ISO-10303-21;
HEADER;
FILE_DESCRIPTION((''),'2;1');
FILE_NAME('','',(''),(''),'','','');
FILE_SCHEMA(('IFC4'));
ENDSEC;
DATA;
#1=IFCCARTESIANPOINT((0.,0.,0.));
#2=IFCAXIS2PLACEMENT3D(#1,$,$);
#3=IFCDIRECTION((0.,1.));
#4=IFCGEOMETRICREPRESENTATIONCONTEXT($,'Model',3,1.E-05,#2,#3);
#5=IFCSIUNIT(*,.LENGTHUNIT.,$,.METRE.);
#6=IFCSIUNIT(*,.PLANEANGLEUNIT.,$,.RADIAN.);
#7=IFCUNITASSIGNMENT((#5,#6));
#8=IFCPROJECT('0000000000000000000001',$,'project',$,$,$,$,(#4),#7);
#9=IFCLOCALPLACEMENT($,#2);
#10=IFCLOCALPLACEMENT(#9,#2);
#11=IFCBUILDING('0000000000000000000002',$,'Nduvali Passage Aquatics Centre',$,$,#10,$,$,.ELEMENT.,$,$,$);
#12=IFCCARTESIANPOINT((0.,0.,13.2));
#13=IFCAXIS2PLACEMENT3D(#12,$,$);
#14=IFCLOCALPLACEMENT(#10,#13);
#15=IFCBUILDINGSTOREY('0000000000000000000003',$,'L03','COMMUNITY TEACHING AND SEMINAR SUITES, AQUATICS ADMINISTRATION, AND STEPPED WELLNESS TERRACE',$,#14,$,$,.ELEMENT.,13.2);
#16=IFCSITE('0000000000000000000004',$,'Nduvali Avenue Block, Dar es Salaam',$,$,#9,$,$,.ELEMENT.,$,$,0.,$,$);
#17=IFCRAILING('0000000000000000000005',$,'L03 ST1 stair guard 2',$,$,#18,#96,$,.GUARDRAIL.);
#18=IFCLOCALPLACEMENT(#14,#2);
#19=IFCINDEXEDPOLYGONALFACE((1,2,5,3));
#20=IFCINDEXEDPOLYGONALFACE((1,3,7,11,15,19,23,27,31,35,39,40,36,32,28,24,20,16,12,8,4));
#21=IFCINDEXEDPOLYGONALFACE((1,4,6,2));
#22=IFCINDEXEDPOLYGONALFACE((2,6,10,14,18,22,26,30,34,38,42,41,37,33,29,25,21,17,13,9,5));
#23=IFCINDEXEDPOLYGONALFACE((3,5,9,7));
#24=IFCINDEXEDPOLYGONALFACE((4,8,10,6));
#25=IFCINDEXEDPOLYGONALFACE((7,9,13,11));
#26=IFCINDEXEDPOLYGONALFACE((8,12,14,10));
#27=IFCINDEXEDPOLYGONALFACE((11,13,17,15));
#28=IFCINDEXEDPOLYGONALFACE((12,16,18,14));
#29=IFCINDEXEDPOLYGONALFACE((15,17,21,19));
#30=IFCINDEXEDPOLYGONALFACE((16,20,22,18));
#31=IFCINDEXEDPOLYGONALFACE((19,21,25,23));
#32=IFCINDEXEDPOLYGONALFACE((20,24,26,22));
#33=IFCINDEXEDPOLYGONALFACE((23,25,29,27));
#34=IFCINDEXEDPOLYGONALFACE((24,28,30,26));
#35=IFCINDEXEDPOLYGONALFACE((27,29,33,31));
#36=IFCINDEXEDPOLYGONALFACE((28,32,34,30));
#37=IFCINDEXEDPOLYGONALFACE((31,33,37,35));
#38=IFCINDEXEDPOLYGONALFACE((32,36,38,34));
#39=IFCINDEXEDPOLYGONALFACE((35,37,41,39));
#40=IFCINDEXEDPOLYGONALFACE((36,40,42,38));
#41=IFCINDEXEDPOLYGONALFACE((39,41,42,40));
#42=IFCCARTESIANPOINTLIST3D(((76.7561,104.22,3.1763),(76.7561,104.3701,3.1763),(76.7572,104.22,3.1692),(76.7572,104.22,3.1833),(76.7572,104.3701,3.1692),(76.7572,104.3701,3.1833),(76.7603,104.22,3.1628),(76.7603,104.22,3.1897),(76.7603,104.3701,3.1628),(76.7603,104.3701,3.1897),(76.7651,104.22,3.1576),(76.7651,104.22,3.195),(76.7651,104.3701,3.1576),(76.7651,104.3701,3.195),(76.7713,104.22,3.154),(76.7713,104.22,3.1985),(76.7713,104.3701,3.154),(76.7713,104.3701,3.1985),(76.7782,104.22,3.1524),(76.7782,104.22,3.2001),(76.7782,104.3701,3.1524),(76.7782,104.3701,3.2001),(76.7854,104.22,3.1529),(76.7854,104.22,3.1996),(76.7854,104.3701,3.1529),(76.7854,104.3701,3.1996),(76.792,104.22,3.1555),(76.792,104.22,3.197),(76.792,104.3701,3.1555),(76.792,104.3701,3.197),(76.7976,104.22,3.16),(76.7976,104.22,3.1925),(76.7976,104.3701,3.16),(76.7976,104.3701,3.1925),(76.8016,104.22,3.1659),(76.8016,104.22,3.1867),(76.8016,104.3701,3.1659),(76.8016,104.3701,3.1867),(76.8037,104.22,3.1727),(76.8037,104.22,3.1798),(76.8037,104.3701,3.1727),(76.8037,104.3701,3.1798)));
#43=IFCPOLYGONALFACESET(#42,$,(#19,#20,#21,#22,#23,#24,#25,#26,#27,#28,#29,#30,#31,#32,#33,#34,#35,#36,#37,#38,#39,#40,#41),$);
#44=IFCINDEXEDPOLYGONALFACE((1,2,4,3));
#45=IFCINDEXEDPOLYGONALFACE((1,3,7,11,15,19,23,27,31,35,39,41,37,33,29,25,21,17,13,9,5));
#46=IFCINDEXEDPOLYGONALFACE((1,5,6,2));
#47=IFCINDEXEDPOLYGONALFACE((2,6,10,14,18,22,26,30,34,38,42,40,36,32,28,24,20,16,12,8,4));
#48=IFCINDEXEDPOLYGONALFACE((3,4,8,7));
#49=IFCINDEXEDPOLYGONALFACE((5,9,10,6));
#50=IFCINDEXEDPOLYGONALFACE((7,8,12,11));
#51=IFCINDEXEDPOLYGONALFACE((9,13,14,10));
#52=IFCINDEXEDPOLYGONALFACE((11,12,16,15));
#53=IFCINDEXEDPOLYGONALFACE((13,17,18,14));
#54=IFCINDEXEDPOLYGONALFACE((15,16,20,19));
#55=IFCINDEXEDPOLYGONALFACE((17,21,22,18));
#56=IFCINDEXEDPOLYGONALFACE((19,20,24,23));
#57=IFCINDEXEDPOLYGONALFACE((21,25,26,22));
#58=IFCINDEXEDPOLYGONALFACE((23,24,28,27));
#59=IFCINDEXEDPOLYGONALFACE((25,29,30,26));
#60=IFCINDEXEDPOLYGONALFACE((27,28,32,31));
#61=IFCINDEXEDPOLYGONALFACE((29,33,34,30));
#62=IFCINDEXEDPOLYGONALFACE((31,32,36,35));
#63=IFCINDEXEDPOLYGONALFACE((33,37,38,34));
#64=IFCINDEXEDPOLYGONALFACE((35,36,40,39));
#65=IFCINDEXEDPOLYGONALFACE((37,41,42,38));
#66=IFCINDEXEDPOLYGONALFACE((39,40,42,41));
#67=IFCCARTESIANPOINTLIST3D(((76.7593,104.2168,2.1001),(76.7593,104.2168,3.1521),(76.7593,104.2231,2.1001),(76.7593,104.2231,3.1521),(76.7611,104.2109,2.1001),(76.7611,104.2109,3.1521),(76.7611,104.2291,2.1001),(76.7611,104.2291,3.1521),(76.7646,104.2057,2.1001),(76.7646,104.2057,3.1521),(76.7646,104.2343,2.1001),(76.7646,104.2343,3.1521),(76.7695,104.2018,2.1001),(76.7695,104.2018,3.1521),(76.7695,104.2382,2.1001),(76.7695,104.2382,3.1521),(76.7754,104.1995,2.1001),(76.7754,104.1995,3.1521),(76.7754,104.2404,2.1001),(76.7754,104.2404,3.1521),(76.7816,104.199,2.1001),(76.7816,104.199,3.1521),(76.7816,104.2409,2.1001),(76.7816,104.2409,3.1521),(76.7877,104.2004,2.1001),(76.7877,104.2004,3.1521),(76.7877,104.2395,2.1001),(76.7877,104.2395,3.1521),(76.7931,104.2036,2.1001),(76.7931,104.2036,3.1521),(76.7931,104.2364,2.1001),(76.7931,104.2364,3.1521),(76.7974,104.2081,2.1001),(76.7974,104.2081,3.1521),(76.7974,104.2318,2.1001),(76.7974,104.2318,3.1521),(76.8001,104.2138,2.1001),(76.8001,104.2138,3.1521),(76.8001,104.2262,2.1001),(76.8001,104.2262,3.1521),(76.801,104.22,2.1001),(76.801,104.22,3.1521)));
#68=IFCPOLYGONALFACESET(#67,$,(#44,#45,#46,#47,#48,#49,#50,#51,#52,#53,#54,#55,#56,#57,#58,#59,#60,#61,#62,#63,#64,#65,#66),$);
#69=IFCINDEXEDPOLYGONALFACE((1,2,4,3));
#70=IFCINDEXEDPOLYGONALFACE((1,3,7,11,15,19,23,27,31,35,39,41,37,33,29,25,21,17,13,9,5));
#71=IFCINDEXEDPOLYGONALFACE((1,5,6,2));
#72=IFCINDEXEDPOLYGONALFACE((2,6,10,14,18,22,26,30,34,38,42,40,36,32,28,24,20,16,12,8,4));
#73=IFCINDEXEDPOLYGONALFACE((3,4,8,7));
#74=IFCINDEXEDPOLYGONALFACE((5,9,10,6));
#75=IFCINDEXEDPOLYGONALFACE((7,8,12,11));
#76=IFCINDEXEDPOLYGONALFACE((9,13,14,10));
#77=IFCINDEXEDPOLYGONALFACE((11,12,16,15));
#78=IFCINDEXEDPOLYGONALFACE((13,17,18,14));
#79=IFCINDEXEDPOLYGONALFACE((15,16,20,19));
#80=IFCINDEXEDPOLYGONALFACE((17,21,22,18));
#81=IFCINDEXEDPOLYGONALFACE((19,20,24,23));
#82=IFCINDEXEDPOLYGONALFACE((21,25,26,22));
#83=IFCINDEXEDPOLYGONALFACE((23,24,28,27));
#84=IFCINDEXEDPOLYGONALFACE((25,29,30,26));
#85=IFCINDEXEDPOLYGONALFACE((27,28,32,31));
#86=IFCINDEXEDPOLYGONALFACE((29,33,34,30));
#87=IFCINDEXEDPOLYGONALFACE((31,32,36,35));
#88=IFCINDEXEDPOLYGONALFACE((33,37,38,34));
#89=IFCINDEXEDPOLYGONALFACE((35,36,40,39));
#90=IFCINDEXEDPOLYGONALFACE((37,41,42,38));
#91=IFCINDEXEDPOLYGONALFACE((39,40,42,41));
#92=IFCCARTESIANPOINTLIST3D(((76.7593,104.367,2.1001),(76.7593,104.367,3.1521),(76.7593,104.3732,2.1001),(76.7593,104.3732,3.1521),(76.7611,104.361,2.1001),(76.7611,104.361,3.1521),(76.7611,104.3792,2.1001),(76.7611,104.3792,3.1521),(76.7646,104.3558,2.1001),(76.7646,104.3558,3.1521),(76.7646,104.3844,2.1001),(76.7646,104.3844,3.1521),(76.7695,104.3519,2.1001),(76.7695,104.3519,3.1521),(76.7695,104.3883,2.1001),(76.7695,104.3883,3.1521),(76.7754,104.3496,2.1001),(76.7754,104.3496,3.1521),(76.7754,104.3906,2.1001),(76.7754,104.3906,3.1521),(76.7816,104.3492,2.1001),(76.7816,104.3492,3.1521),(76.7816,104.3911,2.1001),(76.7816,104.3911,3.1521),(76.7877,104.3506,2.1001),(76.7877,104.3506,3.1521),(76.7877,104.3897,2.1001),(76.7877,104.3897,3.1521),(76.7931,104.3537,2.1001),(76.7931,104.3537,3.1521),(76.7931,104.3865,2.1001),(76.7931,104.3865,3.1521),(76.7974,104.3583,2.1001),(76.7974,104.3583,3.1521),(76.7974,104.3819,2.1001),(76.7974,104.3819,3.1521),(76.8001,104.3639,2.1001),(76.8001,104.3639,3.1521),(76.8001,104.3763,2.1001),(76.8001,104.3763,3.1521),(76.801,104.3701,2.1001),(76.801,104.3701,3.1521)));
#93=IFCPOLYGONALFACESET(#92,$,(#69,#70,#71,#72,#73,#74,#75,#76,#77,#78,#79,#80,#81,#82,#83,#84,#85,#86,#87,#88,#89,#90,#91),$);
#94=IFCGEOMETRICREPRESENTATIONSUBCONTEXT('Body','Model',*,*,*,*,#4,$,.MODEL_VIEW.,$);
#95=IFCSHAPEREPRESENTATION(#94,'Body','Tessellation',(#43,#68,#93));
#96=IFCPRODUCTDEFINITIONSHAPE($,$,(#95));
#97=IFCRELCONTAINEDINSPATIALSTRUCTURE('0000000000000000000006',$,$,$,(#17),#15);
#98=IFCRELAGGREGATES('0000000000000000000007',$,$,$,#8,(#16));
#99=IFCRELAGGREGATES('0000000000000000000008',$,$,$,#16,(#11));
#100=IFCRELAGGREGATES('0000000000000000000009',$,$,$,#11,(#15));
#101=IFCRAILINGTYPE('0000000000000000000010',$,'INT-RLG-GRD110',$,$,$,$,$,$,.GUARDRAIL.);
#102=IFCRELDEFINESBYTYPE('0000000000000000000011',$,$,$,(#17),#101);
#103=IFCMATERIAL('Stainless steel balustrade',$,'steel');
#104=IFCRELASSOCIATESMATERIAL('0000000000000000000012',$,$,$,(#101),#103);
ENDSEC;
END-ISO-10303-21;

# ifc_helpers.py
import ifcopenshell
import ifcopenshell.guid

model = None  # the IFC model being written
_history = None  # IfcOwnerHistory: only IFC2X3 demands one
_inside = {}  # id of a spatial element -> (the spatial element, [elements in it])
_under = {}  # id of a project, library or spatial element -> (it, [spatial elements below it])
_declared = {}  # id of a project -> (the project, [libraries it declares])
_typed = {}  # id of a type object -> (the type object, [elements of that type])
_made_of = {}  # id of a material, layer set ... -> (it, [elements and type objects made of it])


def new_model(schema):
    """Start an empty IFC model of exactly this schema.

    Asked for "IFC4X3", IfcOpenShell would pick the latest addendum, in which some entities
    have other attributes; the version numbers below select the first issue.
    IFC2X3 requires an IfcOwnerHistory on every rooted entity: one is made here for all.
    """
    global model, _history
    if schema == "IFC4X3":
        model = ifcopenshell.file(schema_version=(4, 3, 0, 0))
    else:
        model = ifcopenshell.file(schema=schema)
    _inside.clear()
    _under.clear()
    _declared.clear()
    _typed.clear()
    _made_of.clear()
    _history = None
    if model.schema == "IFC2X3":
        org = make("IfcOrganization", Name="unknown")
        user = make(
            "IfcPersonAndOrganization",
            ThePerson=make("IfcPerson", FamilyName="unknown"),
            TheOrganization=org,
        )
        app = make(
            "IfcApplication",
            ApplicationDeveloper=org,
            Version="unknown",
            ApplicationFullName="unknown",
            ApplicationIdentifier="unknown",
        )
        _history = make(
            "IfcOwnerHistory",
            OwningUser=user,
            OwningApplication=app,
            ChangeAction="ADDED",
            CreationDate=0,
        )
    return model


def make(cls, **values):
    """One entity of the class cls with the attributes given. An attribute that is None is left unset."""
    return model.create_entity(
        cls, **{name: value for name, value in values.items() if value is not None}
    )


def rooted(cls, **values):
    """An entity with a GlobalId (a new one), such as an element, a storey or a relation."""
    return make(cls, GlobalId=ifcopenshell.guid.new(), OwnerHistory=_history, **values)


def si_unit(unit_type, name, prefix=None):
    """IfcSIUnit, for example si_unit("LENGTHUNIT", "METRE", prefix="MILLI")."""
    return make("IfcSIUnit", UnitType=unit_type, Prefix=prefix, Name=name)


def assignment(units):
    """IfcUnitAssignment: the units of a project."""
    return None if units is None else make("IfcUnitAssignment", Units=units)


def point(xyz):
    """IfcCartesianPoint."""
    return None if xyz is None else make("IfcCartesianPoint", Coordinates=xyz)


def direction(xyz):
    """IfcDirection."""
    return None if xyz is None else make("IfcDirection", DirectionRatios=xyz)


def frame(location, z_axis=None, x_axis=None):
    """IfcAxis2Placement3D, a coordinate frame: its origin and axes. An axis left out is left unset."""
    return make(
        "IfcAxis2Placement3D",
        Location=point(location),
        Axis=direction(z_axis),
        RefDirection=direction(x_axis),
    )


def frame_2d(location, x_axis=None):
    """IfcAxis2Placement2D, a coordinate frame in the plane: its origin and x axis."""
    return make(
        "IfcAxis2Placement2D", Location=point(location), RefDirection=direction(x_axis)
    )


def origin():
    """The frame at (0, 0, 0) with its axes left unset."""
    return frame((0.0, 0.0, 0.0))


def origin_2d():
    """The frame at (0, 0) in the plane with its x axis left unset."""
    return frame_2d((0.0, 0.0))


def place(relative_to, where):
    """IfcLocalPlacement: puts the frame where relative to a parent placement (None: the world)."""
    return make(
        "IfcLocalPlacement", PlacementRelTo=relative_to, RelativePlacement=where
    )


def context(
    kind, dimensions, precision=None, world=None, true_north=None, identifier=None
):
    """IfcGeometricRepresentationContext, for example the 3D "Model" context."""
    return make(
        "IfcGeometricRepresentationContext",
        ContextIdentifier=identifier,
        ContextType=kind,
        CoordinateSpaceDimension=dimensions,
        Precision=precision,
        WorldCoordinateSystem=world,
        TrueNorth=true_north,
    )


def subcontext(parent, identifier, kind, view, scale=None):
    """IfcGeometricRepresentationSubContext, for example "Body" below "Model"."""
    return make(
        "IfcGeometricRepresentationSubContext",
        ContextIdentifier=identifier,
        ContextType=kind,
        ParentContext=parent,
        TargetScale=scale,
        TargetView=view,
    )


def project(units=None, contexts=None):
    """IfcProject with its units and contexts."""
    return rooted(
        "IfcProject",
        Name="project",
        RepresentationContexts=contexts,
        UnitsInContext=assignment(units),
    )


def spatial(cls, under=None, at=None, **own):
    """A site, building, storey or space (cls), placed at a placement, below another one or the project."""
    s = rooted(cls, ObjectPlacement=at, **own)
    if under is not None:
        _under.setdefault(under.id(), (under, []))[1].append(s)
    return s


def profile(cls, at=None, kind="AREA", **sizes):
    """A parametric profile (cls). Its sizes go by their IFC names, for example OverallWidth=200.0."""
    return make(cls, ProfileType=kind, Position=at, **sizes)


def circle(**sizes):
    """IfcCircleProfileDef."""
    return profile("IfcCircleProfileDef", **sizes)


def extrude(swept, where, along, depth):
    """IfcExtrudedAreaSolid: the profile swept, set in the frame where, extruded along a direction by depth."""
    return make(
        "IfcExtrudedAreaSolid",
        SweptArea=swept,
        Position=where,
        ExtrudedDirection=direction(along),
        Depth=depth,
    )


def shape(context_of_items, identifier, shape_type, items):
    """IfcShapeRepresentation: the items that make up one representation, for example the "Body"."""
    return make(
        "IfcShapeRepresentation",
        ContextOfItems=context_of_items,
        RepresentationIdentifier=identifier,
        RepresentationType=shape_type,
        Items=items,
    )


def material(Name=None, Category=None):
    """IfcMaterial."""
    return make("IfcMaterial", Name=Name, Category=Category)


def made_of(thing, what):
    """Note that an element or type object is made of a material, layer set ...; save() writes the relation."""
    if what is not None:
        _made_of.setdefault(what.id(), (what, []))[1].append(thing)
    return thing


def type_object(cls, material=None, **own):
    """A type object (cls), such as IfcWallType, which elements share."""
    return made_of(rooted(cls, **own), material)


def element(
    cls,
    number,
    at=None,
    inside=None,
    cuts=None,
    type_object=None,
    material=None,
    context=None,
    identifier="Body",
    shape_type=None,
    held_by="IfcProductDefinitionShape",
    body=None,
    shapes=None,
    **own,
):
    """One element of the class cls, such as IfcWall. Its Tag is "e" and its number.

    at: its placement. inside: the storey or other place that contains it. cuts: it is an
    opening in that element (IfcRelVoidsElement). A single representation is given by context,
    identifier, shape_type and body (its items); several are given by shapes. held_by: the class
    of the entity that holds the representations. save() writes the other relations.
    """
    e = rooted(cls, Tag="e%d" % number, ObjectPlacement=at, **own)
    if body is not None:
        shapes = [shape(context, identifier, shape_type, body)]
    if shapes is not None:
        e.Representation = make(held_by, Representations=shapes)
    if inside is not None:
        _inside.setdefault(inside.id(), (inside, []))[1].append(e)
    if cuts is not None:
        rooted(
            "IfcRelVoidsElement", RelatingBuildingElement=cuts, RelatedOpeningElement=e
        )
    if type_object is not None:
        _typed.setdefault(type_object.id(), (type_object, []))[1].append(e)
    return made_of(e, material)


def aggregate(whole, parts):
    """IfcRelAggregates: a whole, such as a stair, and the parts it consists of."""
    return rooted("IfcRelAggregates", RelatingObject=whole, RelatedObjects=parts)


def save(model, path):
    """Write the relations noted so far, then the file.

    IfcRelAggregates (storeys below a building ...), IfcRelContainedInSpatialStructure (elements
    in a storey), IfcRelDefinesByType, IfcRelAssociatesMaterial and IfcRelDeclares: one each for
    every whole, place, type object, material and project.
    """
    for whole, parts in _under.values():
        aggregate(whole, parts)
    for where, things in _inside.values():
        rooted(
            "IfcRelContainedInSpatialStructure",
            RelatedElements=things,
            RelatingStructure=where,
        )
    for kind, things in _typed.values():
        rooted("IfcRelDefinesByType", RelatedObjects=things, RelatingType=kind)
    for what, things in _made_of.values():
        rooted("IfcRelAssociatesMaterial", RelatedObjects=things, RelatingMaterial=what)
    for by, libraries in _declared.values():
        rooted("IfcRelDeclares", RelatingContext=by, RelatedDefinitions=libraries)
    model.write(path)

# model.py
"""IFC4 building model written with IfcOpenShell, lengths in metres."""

from ifc_helpers import new_model, si_unit, direction, frame, origin, origin_2d, place, context, subcontext, project, spatial, circle, extrude, material, type_object, element, save


model = new_model("IFC4")

# Units and contexts
model_context = context("Model", 3, precision=1e-05, world=origin(), true_north=direction((0.0, 1.0)))
body_context = subcontext(model_context, "Body", "Model", "MODEL_VIEW")
ifc_project = project(units=[si_unit("LENGTHUNIT", "METRE"), si_unit("PLANEANGLEUNIT", "RADIAN")], contexts=[model_context])

# Site, building, storey
site_placement = place(None, origin())
site = spatial("IfcSite", under=ifc_project, at=site_placement, Name="Nduvali Avenue Block, Dar es Salaam", CompositionType="ELEMENT", RefElevation=0.0)
building_placement = place(site_placement, origin())
building = spatial("IfcBuilding", under=site, at=building_placement, Name="Nduvali Passage Aquatics Centre", CompositionType="ELEMENT")
storey_placement = place(building_placement, frame((0.0, 0.0, 13.2)))
storey = spatial("IfcBuildingStorey", under=building, at=storey_placement, Name="L03", Description="COMMUNITY TEACHING AND SEMINAR SUITES, AQUATICS ADMINISTRATION, AND STEPPED WELLNESS TERRACE", CompositionType="ELEMENT", Elevation=13.2)

# Railing
ifc_material_1 = material(Name="Stainless steel balustrade", Category="steel")
railing_type_1 = type_object("IfcRailingType", Name="INT-RLG-GRD110", PredefinedType="GUARDRAIL", material=ifc_material_1)
railing_1_placement = place(storey_placement, frame((76.78, 104.22, 2.1001)))
element("IfcRailing", 1, at=railing_1_placement, inside=storey, type_object=railing_type_1, Name="L03 ST1 stair guard 2", PredefinedType="GUARDRAIL", context=body_context, shape_type="SweptSolid", body=[
    extrude(circle(Radius=0.0239, at=origin_2d()), frame((0.0, 0.0, 1.0762), z_axis=(0.0, 1.0, 0.0), x_axis=(-1.0, 0.0, 0.0)), (0.0, 0.0, 1.0), 0.1501),
    extrude(circle(Radius=0.021, at=origin_2d()), origin(), (0.0, 0.0, 1.0), 1.052),
    extrude(circle(Radius=0.021, at=origin_2d()), frame((0.0, 0.1501, 0.0)), (0.0, 0.0, 1.0), 1.052),
])

save(model, "model.ifc")
